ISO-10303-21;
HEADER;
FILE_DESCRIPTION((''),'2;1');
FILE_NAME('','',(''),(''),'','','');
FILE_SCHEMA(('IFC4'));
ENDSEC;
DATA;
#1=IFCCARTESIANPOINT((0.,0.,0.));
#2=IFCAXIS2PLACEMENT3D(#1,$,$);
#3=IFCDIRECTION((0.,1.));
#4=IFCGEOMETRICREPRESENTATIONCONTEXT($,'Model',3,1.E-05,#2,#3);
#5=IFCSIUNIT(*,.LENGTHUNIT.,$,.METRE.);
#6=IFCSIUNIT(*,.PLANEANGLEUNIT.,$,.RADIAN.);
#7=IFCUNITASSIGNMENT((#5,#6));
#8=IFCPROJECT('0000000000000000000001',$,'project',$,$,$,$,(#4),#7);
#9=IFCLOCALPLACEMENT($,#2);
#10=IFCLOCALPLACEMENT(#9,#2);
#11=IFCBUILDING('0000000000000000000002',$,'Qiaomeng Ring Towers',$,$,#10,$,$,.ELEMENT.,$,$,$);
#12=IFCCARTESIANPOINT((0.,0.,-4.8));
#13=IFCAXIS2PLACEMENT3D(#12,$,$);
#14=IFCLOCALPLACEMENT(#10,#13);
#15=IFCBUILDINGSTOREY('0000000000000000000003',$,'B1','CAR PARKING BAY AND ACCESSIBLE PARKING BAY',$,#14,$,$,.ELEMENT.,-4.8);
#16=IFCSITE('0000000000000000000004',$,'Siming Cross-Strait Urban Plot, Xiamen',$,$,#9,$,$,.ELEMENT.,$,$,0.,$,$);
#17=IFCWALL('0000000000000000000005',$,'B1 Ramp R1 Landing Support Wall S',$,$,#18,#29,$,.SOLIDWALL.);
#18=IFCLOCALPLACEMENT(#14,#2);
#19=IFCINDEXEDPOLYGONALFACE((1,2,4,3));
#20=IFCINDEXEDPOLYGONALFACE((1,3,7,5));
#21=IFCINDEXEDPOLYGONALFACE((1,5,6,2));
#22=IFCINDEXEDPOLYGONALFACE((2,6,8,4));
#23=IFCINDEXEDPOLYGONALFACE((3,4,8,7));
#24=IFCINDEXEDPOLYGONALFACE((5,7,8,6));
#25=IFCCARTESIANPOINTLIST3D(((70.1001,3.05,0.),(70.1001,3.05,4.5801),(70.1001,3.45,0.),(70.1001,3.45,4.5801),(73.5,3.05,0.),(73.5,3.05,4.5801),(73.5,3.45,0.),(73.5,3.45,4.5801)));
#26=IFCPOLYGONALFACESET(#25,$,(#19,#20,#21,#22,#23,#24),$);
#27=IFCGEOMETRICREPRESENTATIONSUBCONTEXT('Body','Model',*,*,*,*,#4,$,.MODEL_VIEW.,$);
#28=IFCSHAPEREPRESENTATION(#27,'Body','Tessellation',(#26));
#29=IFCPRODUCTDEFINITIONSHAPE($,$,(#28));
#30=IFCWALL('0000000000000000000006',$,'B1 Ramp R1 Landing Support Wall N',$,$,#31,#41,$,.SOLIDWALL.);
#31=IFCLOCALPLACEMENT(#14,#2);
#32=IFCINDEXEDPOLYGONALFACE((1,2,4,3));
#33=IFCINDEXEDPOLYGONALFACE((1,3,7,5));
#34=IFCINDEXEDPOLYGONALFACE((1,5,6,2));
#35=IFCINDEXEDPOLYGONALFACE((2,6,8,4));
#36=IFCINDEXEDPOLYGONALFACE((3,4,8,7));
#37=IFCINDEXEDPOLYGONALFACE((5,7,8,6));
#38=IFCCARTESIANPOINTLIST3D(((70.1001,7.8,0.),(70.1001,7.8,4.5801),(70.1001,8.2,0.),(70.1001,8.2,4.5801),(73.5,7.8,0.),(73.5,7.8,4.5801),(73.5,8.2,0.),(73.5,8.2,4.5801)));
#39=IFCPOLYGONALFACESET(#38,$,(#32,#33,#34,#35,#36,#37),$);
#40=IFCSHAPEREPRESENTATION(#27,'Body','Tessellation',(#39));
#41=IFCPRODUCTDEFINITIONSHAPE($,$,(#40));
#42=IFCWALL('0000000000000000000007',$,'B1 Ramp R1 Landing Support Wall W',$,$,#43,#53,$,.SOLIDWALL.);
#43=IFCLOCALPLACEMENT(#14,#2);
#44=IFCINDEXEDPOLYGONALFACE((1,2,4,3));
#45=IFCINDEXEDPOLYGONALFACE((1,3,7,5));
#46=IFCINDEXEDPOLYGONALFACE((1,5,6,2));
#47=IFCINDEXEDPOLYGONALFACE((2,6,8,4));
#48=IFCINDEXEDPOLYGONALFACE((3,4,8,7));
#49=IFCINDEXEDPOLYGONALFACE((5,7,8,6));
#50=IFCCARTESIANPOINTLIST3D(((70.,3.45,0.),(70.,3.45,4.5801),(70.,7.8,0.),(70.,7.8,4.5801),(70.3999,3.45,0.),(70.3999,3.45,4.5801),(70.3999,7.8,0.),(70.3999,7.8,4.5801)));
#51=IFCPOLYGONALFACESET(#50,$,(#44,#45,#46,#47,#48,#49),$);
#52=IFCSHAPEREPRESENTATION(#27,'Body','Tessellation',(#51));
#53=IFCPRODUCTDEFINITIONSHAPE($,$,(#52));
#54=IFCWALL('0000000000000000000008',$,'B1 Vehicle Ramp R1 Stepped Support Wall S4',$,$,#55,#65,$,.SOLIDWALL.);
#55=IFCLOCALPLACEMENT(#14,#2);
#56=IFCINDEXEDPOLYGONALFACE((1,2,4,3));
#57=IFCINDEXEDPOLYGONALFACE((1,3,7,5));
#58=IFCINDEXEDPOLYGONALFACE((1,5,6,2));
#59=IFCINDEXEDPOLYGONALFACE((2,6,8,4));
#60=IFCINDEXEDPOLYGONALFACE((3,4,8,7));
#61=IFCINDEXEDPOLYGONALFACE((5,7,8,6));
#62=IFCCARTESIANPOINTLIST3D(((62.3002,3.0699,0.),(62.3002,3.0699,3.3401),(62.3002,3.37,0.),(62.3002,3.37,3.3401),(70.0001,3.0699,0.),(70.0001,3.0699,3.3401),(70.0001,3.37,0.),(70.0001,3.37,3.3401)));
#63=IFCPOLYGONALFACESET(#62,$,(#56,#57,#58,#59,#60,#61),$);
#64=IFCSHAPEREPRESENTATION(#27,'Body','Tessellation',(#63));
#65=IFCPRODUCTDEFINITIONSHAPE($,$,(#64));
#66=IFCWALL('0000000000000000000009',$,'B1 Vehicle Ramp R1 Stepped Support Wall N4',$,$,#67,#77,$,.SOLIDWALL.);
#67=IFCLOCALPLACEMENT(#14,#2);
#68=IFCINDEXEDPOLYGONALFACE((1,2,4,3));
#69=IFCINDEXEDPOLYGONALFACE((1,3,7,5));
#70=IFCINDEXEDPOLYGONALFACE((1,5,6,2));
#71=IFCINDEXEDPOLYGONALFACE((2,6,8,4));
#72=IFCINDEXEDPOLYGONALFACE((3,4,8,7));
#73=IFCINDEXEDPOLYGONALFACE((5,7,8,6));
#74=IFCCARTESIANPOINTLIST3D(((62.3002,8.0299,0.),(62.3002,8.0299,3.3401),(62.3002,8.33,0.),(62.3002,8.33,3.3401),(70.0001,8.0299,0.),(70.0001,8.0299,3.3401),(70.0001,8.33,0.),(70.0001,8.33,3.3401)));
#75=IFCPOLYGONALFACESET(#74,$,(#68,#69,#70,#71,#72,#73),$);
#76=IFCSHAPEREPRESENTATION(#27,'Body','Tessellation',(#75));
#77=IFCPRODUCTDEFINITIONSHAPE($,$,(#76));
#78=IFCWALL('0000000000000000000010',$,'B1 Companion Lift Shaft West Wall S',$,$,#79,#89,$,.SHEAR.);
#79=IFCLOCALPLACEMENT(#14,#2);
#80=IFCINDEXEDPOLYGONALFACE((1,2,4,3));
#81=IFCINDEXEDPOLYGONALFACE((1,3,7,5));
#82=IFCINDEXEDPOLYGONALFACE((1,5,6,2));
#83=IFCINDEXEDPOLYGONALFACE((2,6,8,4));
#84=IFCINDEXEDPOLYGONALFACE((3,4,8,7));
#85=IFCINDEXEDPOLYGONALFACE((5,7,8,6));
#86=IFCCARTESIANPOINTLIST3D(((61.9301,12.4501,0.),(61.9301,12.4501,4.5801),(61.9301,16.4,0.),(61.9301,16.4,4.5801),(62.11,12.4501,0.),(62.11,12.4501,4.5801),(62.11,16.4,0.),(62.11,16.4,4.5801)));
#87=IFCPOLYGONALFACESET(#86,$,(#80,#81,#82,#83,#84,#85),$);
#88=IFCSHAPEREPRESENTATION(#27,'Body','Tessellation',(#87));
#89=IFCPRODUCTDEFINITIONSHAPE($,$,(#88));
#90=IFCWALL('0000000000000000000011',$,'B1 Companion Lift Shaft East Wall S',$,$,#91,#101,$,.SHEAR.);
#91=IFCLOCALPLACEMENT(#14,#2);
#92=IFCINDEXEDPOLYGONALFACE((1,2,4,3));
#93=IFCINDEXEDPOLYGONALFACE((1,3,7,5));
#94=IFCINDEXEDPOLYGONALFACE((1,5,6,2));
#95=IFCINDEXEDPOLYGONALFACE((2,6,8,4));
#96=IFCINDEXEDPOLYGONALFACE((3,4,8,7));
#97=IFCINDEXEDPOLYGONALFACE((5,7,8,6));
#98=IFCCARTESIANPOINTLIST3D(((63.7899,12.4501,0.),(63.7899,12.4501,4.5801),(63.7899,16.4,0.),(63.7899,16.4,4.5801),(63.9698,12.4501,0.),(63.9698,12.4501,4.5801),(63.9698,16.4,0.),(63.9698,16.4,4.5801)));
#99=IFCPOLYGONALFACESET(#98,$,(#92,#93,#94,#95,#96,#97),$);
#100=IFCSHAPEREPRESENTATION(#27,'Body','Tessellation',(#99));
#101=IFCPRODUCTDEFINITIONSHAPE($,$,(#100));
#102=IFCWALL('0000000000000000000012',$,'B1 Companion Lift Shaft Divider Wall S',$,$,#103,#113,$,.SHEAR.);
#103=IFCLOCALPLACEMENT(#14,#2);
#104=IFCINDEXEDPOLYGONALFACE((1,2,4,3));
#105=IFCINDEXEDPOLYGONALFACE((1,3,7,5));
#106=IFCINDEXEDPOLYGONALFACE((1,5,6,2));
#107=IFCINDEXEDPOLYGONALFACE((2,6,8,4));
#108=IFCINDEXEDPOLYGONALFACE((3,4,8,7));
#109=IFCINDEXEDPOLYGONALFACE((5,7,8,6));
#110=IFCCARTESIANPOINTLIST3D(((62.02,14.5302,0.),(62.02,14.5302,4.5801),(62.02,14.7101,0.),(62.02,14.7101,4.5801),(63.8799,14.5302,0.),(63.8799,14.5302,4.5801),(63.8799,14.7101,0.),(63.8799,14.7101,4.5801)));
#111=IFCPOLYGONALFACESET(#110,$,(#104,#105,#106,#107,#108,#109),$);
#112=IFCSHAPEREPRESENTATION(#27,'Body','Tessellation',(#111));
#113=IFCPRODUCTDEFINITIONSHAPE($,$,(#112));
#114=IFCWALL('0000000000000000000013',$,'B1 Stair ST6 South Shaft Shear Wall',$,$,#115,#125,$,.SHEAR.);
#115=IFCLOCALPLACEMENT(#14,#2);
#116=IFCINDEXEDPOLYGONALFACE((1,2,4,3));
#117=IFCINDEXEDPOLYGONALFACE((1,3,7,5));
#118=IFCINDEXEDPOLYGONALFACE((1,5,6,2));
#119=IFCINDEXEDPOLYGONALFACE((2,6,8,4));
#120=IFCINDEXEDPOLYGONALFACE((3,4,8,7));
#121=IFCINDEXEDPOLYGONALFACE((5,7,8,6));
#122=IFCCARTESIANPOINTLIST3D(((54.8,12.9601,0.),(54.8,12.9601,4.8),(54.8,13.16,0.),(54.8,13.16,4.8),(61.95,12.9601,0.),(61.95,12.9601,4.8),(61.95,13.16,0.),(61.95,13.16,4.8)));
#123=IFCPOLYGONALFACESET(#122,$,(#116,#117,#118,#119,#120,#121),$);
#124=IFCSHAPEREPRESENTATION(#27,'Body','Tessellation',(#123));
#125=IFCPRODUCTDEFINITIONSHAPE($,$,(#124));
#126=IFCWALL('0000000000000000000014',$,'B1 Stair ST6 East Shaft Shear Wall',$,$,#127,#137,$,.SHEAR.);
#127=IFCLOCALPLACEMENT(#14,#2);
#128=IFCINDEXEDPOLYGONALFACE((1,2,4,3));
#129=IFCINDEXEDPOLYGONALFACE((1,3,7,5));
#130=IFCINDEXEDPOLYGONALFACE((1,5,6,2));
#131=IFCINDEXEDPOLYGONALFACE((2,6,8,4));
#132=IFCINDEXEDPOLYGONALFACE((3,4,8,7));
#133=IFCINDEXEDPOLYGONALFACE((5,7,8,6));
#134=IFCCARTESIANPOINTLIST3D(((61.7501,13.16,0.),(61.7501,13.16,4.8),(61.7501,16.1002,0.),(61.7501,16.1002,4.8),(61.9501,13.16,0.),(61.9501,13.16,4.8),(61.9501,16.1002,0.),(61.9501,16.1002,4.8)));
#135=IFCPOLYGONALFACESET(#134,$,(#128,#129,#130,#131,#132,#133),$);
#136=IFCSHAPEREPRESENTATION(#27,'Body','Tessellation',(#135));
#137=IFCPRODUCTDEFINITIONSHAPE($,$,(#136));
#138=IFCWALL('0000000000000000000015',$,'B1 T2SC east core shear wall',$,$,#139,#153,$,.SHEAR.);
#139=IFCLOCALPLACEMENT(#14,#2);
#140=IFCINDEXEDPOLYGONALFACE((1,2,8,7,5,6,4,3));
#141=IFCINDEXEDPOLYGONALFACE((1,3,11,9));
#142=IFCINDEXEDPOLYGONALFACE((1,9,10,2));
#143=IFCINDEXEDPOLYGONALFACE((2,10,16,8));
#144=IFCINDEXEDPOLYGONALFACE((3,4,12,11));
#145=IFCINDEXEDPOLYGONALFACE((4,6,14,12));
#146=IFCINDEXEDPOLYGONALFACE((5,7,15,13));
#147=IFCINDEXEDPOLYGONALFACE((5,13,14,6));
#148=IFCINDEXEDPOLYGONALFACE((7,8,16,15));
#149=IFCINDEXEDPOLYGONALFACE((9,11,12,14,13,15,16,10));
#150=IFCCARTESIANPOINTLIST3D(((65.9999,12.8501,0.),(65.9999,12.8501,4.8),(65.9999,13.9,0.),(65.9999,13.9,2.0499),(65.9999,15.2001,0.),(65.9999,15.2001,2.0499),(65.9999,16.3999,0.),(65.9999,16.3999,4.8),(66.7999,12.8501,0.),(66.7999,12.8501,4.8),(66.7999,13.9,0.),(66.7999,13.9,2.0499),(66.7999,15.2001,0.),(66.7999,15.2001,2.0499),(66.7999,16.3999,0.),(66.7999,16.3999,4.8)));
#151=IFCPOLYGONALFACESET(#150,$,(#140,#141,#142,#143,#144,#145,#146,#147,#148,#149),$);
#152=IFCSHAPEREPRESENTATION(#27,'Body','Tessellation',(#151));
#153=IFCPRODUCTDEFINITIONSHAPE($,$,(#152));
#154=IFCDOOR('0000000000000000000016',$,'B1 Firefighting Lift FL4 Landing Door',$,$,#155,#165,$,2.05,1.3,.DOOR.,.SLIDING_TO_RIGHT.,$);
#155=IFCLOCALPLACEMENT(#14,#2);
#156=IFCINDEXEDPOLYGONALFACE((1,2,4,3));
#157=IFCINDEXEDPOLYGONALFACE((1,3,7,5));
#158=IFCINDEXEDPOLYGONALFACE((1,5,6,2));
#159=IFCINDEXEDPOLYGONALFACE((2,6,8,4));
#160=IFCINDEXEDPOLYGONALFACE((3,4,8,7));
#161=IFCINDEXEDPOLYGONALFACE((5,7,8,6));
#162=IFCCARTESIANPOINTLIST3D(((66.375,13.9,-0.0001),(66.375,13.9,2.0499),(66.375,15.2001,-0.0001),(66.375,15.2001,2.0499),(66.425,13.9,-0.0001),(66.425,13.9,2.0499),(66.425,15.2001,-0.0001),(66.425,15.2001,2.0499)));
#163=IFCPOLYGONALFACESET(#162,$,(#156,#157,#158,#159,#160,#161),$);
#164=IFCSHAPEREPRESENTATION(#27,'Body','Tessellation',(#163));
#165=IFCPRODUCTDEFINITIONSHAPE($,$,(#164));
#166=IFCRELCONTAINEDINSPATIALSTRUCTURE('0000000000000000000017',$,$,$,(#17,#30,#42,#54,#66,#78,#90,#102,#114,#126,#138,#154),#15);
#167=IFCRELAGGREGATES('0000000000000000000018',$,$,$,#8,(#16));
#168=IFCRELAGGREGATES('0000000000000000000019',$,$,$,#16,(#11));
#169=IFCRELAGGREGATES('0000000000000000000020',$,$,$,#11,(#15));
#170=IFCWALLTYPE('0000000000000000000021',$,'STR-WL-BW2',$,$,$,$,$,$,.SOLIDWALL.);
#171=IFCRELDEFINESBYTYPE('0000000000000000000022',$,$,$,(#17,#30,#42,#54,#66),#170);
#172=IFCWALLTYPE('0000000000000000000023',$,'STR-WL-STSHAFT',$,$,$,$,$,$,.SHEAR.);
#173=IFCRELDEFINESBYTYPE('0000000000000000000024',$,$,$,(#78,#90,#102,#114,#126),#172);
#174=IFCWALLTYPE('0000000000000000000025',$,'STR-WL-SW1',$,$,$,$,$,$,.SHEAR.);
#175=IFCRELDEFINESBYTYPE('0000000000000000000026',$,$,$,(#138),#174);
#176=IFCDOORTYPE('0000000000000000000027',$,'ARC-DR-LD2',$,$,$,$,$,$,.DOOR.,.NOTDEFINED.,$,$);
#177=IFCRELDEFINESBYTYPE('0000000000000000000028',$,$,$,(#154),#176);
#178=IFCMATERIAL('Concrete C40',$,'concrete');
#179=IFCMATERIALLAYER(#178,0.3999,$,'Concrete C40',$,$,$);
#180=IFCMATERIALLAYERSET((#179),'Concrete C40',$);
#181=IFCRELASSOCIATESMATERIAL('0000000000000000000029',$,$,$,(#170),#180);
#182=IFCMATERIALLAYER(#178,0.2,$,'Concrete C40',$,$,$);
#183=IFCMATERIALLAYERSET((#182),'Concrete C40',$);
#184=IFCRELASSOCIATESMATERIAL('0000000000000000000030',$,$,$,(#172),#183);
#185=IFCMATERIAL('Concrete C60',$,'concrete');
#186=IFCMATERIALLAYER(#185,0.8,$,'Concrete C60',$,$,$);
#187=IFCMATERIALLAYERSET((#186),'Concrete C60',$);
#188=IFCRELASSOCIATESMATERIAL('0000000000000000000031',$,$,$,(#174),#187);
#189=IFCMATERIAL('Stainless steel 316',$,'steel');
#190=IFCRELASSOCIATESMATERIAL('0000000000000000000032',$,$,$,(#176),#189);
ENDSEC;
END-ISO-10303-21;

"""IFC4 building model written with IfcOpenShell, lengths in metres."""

from ifc_helpers import new_model, si_unit, direction, frame, frame_2d, origin, place, context, subcontext, project, spatial, rectangle, extrude, source, transform, mapped, material, layer, layer_set, type_object, element, fill, save


model = new_model("IFC4")

# Units and contexts
model_context = context("Model", 3, precision=1e-05, world=origin(), true_north=direction((0.0, 1.0)))
body_context = subcontext(model_context, "Body", "Model", "MODEL_VIEW")
ifc_project = project(units=[si_unit("LENGTHUNIT", "METRE"), si_unit("PLANEANGLEUNIT", "RADIAN")], contexts=[model_context])

# Site, building, storey
site_placement = place(None, origin())
site = spatial("IfcSite", under=ifc_project, at=site_placement, Name="Siming Cross-Strait Urban Plot, Xiamen", CompositionType="ELEMENT", RefElevation=0.0)
building_placement = place(site_placement, origin())
building = spatial("IfcBuilding", under=site, at=building_placement, Name="Qiaomeng Ring Towers", CompositionType="ELEMENT")
storey_placement = place(building_placement, frame((0.0, 0.0, -4.8)))
storey = spatial("IfcBuildingStorey", under=building, at=storey_placement, Name="B1", Description="CAR PARKING BAY AND ACCESSIBLE PARKING BAY", CompositionType="ELEMENT", Elevation=-4.8)

# Shared definitions
ifc_material_1 = material(Name="Concrete C60", Category="concrete")

# Walls
ifc_material_2 = material(Name="Concrete C40", Category="concrete")
ifc_layer_1 = layer(ifc_material_2, 0.3999, Name="Concrete C40")
ifc_layer_set_1 = layer_set([ifc_layer_1], Name="Concrete C40")
wall_type_1 = type_object("IfcWallType", Name="STR-WL-BW2", PredefinedType="SOLIDWALL", material=ifc_layer_set_1)
for number, where, z_axis, x_axis, name in (
    (1, (70.1001, 3.25, 0.0), (0.0, 0.0, 1.0), (1.0, 0.0, 0.0), "B1 Ramp R1 Landing Support Wall S"),
    (2, (70.1001, 8.0, 0.0), (0.0, 0.0, 1.0), (1.0, 0.0, 0.0), "B1 Ramp R1 Landing Support Wall N"),
):
    element("IfcWall", number, at=place(storey_placement, frame(where, z_axis=z_axis, x_axis=x_axis)), inside=storey, type_object=wall_type_1, Name=name, PredefinedType="SOLIDWALL", context=body_context, shape_type="SweptSolid", body=[
        extrude(rectangle(XDim=3.3999, YDim=0.3999, at=frame_2d((1.7, 0.0))), origin(), (0.0, 0.0, 1.0), 4.5801),
    ])
wall_1_placement = place(storey_placement, frame((70.2, 3.45, 0.0), z_axis=(0.0, 0.0, 1.0), x_axis=(0.0, 1.0, 0.0)))
element("IfcWall", 3, at=wall_1_placement, inside=storey, type_object=wall_type_1, Name="B1 Ramp R1 Landing Support Wall W", PredefinedType="SOLIDWALL", context=body_context, shape_type="SweptSolid", body=[
    extrude(rectangle(XDim=4.3501, YDim=0.3999, at=frame_2d((2.175, 0.0))), origin(), (0.0, 0.0, 1.0), 4.5801),
])
for number, where, z_axis, x_axis, name in (
    (4, (62.3, 3.22, 0.0), (0.0, 0.0, 1.0), (1.0, 0.0, 0.0), "B1 Vehicle Ramp R1 Stepped Support Wall S4"),
    (5, (62.3, 8.1799, 0.0), (0.0, 0.0, 1.0), (1.0, 0.0, 0.0), "B1 Vehicle Ramp R1 Stepped Support Wall N4"),
):
    element("IfcWall", number, at=place(storey_placement, frame(where, z_axis=z_axis, x_axis=x_axis)), inside=storey, type_object=wall_type_1, Name=name, PredefinedType="SOLIDWALL", context=body_context, shape_type="SweptSolid", body=[
        extrude(rectangle(XDim=7.7, YDim=0.3, at=frame_2d((3.8501, 0.0))), origin(), (0.0, 0.0, 1.0), 3.3401),
    ])
ifc_layer_2 = layer(ifc_material_2, 0.2, Name="Concrete C40")
ifc_layer_set_2 = layer_set([ifc_layer_2], Name="Concrete C40")
wall_type_2 = type_object("IfcWallType", Name="STR-WL-STSHAFT", PredefinedType="SHEAR", material=ifc_layer_set_2)
for number, where, z_axis, x_axis, name in (
    (6, (62.02, 12.45, 0.0), (0.0, 0.0, 1.0), (0.0, 1.0, 0.0), "B1 Companion Lift Shaft West Wall S"),
    (7, (63.8799, 12.45, 0.0), (0.0, 0.0, 1.0), (0.0, 1.0, 0.0), "B1 Companion Lift Shaft East Wall S"),
):
    element("IfcWall", number, at=place(storey_placement, frame(where, z_axis=z_axis, x_axis=x_axis)), inside=storey, type_object=wall_type_2, Name=name, PredefinedType="SHEAR", context=body_context, shape_type="SweptSolid", body=[
        extrude(rectangle(XDim=3.95, YDim=0.1799, at=frame_2d((1.9751, 0.0))), origin(), (0.0, 0.0, 1.0), 4.5801),
    ])
wall_2_placement = place(storey_placement, frame((62.02, 14.6201, 0.0), z_axis=(0.0, 0.0, 1.0), x_axis=(1.0, 0.0, 0.0)))
element("IfcWall", 8, at=wall_2_placement, inside=storey, type_object=wall_type_2, Name="B1 Companion Lift Shaft Divider Wall S", PredefinedType="SHEAR", context=body_context, shape_type="SweptSolid", body=[
    extrude(rectangle(XDim=1.8599, YDim=0.1799, at=frame_2d((0.9299, 0.0))), origin(), (0.0, 0.0, 1.0), 4.5801),
])
wall_3_placement = place(storey_placement, frame((54.8, 13.0601, 0.0), z_axis=(0.0, 0.0, 1.0), x_axis=(1.0, 0.0, 0.0)))
element("IfcWall", 9, at=wall_3_placement, inside=storey, type_object=wall_type_2, Name="B1 Stair ST6 South Shaft Shear Wall", PredefinedType="SHEAR", context=body_context, shape_type="SweptSolid", body=[
    extrude(rectangle(XDim=7.1499, YDim=0.2, at=frame_2d((3.575, 0.0))), origin(), (0.0, 0.0, 1.0), 4.8),
])
wall_4_placement = place(storey_placement, frame((61.8501, 13.1599, 0.0), z_axis=(0.0, 0.0, 1.0), x_axis=(0.0, 1.0, 0.0)))
element("IfcWall", 10, at=wall_4_placement, inside=storey, type_object=wall_type_2, Name="B1 Stair ST6 East Shaft Shear Wall", PredefinedType="SHEAR", context=body_context, shape_type="SweptSolid", body=[
    extrude(rectangle(XDim=2.9402, YDim=0.2, at=frame_2d((1.4702, 0.0))), origin(), (0.0, 0.0, 1.0), 4.8),
])

# Wall, opening, door
ifc_layer_3 = layer(ifc_material_1, 0.8, Name="Concrete C60")
ifc_layer_set_3 = layer_set([ifc_layer_3], Name="Concrete C60")
wall_type_3 = type_object("IfcWallType", Name="STR-WL-SW1", PredefinedType="SHEAR", material=ifc_layer_set_3)
wall_5_placement = place(storey_placement, frame((66.3999, 12.8501, 0.0), z_axis=(0.0, 0.0, 1.0), x_axis=(0.0, 1.0, 0.0)))
wall_5 = element("IfcWall", 11, at=wall_5_placement, inside=storey, type_object=wall_type_3, Name="B1 T2SC east core shear wall", PredefinedType="SHEAR", context=body_context, shape_type="SweptSolid", body=[
    extrude(rectangle(XDim=3.5498, YDim=0.8, at=frame_2d((1.7749, 0.0))), origin(), (0.0, 0.0, 1.0), 4.8),
])
opening_1_placement = place(wall_5_placement, frame((1.05, 0.0, 0.0)))
opening_1 = element("IfcOpeningElement", 12, at=opening_1_placement, cuts=wall_5, PredefinedType="OPENING", context=body_context, shape_type="SweptSolid", body=[
    extrude(rectangle(XDim=1.3, YDim=2.05, at=frame_2d((0.6499, 1.0249))), frame((0.0, 0.4099, 0.0), z_axis=(0.0, -1.0, 0.0), x_axis=(1.0, 0.0, 0.0)), (0.0, 0.0, 1.0), 0.8201),
])
ifc_material_3 = material(Name="Stainless steel 316", Category="steel")
door_type_1 = type_object("IfcDoorType", Name="ARC-DR-LD2", OperationType="NOTDEFINED", PredefinedType="DOOR", material=ifc_material_3)
shared_shape_1 = source(origin(), body_context, "Body", "SweptSolid", [
    extrude(rectangle(XDim=1.3, YDim=2.05, at=frame_2d((0.6499, 1.0249))), frame((0.0, 0.0249, 0.0), z_axis=(0.0, -1.0, 0.0), x_axis=(1.0, 0.0, 0.0)), (0.0, 0.0, 1.0), 0.05),
])
door_1_placement = place(opening_1_placement, origin())
door_1 = element("IfcDoor", 13, at=door_1_placement, inside=storey, type_object=door_type_1, Name="B1 Firefighting Lift FL4 Landing Door", OperationType="SLIDING_TO_RIGHT", OverallHeight=2.05, OverallWidth=1.3, PredefinedType="DOOR", context=body_context, shape_type="MappedRepresentation", body=[
    mapped(shared_shape_1, transform((0.0, 0.0, 0.0), x_axis=(1.0, 0.0, 0.0), y_axis=(0.0, 1.0, 0.0), z_axis=(0.0, 0.0, 1.0), scale=1.0)),
])
fill(opening_1, door_1)

save(model, "model.ifc")
